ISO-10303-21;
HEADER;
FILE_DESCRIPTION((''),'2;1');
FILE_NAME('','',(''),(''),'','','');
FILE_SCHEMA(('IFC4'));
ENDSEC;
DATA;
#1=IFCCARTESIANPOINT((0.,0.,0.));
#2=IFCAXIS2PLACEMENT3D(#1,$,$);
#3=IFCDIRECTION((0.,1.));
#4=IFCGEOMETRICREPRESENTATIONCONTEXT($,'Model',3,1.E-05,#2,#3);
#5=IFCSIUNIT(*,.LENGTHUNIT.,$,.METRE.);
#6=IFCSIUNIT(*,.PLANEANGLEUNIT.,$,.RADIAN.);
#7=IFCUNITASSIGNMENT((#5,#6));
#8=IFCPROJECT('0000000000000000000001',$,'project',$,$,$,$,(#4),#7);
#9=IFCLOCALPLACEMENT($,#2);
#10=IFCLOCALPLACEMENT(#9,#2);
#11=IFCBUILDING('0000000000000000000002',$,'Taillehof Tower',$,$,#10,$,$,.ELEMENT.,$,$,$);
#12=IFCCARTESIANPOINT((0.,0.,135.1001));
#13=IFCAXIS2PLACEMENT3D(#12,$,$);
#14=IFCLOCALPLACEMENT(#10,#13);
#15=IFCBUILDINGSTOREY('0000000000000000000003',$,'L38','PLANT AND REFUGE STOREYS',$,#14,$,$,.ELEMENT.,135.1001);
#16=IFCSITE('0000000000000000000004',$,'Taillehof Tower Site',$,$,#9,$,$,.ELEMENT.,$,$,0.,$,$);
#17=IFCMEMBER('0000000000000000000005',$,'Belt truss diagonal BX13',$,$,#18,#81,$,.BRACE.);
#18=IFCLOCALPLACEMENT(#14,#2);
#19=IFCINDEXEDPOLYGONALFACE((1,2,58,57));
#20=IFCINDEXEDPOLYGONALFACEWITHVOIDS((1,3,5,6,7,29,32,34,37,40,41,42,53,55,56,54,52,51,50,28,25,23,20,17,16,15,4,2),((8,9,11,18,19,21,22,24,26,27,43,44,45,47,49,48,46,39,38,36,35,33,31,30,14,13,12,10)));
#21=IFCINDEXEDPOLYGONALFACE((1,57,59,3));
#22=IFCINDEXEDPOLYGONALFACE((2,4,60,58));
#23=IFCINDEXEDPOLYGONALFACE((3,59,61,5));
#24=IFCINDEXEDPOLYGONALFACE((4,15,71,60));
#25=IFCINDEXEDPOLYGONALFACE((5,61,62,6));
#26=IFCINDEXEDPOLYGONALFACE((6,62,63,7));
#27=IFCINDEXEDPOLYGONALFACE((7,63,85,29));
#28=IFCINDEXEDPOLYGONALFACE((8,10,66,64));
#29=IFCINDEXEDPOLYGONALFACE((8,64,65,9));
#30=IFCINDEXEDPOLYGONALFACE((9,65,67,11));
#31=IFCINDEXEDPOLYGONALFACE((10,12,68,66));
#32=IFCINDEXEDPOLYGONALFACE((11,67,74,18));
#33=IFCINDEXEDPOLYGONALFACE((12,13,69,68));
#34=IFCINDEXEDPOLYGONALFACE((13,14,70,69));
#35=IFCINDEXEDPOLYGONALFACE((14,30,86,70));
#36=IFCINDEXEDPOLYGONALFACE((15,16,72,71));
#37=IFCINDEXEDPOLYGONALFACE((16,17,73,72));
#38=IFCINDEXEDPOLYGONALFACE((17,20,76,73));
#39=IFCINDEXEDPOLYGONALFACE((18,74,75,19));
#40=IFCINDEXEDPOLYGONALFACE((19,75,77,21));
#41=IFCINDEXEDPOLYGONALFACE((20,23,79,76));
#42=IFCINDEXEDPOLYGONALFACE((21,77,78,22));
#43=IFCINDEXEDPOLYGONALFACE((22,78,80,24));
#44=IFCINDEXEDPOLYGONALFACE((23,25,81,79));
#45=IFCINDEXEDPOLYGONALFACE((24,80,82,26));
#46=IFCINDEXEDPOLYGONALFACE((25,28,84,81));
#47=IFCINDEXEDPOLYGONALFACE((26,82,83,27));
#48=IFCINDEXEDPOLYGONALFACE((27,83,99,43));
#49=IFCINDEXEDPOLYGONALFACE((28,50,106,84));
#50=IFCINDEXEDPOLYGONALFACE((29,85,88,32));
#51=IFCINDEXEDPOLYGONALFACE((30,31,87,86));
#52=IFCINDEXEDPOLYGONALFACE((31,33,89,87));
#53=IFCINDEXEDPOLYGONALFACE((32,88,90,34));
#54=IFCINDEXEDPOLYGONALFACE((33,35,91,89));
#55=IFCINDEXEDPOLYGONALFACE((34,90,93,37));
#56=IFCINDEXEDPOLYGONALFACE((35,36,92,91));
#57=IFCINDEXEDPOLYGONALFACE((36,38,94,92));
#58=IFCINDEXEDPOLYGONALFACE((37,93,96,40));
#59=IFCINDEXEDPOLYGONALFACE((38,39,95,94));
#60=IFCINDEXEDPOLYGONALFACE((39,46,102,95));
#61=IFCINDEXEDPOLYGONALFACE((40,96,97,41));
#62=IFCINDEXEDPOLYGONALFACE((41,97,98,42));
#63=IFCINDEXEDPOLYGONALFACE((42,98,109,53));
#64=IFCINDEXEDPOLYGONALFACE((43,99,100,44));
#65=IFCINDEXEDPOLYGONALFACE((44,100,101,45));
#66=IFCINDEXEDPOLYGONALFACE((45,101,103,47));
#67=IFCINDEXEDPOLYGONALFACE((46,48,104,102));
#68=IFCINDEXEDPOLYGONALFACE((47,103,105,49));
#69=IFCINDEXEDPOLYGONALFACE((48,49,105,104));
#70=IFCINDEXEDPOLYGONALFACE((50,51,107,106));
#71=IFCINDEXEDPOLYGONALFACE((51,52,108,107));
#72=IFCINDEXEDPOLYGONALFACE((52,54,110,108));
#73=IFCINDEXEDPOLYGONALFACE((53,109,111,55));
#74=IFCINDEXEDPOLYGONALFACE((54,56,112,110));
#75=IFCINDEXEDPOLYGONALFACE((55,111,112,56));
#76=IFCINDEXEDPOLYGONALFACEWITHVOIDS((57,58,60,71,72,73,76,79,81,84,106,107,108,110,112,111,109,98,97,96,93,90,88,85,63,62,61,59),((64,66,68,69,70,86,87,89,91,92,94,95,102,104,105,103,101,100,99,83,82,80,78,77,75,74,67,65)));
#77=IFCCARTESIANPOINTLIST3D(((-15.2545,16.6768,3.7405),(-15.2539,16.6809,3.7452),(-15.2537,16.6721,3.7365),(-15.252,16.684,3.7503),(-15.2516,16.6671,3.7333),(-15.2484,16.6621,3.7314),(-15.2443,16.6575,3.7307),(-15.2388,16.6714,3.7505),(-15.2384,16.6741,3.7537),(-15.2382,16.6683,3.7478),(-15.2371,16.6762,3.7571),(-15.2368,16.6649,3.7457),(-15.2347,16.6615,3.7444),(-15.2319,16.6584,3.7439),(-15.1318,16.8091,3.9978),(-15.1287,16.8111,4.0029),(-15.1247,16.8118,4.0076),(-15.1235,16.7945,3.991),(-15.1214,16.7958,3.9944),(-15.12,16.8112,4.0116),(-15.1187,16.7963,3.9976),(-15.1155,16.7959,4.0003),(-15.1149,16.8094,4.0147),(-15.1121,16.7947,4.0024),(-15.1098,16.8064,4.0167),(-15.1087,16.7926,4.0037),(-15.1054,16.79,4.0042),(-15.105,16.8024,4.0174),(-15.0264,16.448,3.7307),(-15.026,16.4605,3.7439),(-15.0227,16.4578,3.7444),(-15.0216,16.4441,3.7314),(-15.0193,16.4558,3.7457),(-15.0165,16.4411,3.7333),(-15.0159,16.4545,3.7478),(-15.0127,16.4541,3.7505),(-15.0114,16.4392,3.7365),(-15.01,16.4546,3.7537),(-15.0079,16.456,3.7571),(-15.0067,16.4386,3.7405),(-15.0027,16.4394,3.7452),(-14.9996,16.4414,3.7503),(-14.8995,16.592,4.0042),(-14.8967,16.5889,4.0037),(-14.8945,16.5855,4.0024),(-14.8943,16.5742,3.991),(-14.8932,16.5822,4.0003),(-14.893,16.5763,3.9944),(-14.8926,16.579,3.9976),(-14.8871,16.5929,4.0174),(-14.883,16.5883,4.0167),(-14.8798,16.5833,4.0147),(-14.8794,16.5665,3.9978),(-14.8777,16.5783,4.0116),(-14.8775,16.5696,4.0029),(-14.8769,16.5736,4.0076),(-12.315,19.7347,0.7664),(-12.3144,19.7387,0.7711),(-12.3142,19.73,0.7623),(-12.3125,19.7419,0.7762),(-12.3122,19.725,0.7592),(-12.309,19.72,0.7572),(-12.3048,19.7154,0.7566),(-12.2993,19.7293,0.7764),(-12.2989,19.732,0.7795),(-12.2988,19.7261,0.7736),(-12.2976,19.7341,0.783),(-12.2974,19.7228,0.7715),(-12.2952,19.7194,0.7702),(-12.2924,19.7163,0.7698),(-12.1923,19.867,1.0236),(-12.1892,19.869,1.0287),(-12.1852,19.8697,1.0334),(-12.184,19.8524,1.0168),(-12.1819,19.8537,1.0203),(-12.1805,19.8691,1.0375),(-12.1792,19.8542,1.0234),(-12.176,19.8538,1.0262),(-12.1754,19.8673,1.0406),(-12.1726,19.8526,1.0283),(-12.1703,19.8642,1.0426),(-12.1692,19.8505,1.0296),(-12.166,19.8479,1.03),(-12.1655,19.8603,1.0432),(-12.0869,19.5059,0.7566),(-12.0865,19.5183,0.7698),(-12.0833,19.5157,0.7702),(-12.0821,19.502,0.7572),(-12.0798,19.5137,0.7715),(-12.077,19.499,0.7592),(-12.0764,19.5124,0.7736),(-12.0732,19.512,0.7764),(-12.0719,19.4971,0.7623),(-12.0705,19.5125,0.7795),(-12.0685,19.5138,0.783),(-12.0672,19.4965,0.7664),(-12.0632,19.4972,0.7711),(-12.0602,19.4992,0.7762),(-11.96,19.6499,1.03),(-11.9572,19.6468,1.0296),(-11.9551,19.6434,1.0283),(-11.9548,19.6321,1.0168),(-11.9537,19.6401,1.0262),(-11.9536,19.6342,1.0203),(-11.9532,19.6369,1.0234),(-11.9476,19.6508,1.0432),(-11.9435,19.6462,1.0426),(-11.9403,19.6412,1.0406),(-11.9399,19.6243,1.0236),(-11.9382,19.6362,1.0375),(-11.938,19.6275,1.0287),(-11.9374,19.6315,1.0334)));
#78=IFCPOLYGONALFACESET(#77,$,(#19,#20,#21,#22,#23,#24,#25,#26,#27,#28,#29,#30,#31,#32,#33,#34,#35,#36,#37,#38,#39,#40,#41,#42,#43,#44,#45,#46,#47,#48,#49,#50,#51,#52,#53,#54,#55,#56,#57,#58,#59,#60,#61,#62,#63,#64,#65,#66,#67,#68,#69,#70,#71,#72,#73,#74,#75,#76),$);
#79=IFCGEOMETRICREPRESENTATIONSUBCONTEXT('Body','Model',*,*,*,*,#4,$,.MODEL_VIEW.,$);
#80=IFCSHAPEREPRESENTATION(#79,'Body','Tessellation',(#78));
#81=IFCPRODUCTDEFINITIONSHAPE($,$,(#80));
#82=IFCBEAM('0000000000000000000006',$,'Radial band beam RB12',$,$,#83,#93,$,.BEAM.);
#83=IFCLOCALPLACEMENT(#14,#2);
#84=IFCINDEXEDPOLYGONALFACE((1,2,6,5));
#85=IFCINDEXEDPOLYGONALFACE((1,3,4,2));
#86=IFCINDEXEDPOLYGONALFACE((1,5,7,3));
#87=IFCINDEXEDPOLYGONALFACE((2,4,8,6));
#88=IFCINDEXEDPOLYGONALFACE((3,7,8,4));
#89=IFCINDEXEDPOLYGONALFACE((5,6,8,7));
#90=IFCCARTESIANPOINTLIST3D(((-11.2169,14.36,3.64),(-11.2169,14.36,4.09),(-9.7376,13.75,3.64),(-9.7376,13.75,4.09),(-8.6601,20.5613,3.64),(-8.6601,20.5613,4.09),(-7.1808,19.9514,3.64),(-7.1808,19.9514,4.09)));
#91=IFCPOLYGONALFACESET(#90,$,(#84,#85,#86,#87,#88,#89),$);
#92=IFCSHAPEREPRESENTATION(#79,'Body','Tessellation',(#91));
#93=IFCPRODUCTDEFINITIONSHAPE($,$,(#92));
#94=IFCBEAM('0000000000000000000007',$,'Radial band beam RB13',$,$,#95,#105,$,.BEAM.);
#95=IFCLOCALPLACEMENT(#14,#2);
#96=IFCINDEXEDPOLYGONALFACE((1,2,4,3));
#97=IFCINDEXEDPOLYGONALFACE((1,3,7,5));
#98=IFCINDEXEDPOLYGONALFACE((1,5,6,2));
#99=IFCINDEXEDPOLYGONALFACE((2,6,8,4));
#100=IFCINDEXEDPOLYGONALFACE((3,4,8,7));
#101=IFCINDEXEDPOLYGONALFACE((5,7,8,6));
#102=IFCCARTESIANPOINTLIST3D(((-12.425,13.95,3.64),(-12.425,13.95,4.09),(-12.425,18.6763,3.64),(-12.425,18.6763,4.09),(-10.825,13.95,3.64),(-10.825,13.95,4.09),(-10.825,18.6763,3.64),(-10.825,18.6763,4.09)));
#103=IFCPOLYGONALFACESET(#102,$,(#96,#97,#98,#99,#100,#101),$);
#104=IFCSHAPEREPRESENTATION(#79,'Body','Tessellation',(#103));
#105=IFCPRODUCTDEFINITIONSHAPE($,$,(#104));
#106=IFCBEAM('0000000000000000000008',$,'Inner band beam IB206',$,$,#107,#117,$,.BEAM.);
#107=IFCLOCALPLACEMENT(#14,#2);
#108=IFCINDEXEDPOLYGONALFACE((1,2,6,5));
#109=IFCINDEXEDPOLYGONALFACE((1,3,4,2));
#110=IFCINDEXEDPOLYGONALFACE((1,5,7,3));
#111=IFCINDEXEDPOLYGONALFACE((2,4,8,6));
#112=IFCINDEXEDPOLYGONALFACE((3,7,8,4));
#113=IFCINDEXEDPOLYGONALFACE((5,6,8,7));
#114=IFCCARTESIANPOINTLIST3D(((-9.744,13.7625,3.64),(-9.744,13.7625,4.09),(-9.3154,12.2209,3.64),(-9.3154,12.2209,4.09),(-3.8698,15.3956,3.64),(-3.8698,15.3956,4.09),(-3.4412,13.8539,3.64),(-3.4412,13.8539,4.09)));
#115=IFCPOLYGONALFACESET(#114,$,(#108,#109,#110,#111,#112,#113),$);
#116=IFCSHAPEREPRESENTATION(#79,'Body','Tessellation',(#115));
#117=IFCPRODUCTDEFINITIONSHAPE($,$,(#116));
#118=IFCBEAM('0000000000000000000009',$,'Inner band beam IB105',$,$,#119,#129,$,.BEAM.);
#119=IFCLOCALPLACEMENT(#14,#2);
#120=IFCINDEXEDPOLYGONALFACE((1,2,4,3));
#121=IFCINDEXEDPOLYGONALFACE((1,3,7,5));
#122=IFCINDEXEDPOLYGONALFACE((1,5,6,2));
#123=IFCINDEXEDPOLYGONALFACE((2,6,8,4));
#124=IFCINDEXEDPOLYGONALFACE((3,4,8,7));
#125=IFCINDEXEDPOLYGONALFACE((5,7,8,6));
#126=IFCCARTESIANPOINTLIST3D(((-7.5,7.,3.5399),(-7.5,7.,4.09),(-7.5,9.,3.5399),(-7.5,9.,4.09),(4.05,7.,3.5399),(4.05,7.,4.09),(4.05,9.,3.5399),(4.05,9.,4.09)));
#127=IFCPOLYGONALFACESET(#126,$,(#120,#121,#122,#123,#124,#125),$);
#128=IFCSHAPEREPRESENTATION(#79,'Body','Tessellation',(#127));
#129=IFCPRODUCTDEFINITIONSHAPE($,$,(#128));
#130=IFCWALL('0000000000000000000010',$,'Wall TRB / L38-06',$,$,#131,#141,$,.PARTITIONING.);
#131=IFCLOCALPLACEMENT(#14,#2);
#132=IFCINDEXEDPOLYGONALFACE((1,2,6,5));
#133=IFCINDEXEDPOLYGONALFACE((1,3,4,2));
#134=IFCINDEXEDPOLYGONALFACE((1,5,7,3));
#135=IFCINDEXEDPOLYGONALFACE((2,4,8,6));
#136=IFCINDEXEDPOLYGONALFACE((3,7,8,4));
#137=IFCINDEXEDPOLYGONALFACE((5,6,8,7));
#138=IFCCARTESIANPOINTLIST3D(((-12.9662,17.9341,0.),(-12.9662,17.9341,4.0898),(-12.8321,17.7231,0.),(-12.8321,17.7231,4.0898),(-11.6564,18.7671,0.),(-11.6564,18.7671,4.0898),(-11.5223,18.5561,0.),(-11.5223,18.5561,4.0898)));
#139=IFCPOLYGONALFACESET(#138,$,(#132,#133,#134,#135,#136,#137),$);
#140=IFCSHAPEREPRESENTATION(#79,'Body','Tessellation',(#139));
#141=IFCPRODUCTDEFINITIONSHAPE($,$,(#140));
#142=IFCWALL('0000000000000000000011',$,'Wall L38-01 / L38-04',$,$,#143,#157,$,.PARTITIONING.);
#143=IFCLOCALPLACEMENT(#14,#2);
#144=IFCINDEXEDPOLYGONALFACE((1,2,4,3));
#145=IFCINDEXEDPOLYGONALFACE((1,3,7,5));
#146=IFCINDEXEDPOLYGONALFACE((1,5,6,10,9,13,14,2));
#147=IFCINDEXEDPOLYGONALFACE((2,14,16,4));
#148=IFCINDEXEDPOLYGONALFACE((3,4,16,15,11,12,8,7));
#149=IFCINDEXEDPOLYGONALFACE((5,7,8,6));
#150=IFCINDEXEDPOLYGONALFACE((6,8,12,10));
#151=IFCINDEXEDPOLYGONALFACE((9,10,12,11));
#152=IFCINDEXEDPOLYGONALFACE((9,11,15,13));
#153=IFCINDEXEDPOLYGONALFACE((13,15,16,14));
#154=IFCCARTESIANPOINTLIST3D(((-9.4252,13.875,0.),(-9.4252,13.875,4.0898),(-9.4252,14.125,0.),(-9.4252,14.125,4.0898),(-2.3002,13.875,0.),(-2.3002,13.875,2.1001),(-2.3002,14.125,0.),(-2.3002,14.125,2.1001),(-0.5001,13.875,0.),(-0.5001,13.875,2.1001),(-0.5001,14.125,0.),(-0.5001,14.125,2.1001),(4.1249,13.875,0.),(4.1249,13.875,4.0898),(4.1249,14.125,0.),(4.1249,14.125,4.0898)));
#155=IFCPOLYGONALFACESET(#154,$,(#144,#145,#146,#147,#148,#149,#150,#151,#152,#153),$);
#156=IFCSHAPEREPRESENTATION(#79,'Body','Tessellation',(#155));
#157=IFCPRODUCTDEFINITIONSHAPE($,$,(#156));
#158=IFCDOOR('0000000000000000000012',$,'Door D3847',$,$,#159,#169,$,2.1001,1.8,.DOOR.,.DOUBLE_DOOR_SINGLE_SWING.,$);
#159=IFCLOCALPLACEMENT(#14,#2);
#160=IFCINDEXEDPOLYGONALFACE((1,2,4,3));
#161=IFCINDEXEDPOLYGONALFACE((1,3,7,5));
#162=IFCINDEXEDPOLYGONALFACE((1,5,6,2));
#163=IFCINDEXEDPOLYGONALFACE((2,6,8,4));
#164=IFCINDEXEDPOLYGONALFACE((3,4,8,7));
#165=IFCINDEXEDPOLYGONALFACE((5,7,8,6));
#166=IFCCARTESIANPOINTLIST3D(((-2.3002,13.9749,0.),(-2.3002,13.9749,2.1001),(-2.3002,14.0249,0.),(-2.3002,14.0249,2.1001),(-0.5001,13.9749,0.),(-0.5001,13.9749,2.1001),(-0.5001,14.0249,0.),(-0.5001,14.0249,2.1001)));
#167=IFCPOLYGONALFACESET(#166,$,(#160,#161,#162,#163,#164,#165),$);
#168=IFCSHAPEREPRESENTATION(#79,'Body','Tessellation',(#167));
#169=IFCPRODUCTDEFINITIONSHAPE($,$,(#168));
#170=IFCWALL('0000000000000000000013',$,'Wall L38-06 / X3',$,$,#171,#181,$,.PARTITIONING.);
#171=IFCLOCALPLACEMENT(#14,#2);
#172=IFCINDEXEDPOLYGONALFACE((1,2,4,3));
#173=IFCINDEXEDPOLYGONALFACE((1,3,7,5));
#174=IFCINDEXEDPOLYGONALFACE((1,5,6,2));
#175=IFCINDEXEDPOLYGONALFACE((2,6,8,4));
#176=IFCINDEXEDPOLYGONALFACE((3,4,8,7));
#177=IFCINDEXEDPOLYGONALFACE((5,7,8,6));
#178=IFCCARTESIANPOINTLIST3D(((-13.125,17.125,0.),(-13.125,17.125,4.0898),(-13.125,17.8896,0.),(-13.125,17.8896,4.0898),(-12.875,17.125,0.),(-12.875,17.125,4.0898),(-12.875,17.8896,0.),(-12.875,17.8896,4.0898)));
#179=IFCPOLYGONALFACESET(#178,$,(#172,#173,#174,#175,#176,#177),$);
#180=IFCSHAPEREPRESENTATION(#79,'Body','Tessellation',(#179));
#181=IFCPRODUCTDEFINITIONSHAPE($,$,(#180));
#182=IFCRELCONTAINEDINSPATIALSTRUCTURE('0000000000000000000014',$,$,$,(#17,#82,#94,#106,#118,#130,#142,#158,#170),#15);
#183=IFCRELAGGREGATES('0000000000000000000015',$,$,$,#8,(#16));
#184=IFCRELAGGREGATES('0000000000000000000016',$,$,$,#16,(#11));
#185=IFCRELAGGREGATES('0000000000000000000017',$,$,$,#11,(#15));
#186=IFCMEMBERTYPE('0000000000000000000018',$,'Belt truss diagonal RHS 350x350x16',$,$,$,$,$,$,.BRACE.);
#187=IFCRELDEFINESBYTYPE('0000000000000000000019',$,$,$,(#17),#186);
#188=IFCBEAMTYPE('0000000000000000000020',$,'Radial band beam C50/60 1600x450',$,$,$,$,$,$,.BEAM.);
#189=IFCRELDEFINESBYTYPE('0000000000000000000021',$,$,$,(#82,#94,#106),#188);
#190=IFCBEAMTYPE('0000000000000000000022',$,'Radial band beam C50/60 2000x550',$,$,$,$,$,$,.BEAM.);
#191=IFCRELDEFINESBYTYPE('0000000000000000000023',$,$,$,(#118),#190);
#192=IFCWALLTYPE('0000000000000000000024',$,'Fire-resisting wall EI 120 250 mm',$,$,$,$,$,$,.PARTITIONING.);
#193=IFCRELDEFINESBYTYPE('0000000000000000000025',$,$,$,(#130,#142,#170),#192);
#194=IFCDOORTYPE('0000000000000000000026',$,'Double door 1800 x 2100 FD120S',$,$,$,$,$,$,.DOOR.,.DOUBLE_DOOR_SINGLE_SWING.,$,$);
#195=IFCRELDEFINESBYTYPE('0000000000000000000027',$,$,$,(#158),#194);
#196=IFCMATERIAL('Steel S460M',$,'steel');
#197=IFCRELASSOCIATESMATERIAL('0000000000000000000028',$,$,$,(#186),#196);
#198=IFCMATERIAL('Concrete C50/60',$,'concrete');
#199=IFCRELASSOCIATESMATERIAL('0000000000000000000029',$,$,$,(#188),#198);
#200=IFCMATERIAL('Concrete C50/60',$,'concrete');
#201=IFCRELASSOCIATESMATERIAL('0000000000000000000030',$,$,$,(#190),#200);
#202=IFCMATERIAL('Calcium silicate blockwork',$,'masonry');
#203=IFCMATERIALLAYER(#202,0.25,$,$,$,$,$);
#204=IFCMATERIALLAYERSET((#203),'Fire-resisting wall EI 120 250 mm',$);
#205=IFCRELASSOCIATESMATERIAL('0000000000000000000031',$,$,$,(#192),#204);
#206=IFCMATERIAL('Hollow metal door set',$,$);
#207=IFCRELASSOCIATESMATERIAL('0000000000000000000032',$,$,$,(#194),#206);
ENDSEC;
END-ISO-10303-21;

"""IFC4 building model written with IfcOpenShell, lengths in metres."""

from ifc_helpers import new_model, si_unit, direction, frame, frame_2d, origin, origin_2d, place, context, subcontext, project, spatial, rectangle, hollow_rectangle, extrude, material, layer, layer_set, material_profile, profile_set, type_object, element, fill, save


model = new_model("IFC4")

# Units and contexts
model_context = context("Model", 3, precision=1e-05, world=origin(), true_north=direction((0.0, 1.0)))
body_context = subcontext(model_context, "Body", "Model", "MODEL_VIEW")
ifc_project = project(units=[si_unit("LENGTHUNIT", "METRE"), si_unit("PLANEANGLEUNIT", "RADIAN")], contexts=[model_context])

# Site, building, storey
site_placement = place(None, origin())
site = spatial("IfcSite", under=ifc_project, at=site_placement, Name="Taillehof Tower Site", CompositionType="ELEMENT", RefElevation=0.0)
building_placement = place(site_placement, origin())
building = spatial("IfcBuilding", under=site, at=building_placement, Name="Taillehof Tower", CompositionType="ELEMENT")
storey_placement = place(building_placement, frame((0.0, 0.0, 135.1001)))
storey = spatial("IfcBuildingStorey", under=building, at=storey_placement, Name="L38", Description="PLANT AND REFUGE STOREYS", CompositionType="ELEMENT", Elevation=135.1001)

# Member
ifc_material_1 = material(Name="Steel S460M", Category="steel")
ifc_material_profile_1 = material_profile(ifc_material_1, hollow_rectangle(XDim=0.3501, YDim=0.3501, WallThickness=0.0161, InnerFilletRadius=0.0161, OuterFilletRadius=0.0239, at=origin_2d()), Name="RHS 350x350x16")
ifc_profile_set_1 = profile_set([ifc_material_profile_1], Name="Steel S460M")
member_type_1 = type_object("IfcMemberType", Name="Belt truss diagonal RHS 350x350x16", PredefinedType="BRACE", material=ifc_profile_set_1)
member_1_placement = place(storey_placement, frame((-12.1262, 19.6831, 0.8999), z_axis=(-0.567421, -0.590278, 0.574113), x_axis=(0.720927, -0.693011, 0.0)))
element("IfcMember", 1, at=member_1_placement, inside=storey, type_object=member_type_1, Name="Belt truss diagonal BX13", PredefinedType="BRACE", context=body_context, shape_type="SweptSolid", body=[
    extrude(hollow_rectangle(XDim=0.3501, YDim=0.3501, WallThickness=0.0161, InnerFilletRadius=0.0161, OuterFilletRadius=0.0239, at=origin_2d()), origin(), (0.0, 0.0, 1.0), 5.1804),
])

# Beams
ifc_material_2 = material(Name="Concrete C50/60", Category="concrete")
ifc_material_profile_2 = material_profile(ifc_material_2, rectangle(XDim=1.6001, YDim=0.45, at=origin_2d()), Name="RC 1600x450")
ifc_profile_set_2 = profile_set([ifc_material_profile_2], Name="Concrete C50/60")
beam_type_1 = type_object("IfcBeamType", Name="Radial band beam C50/60 1600x450", PredefinedType="BEAM", material=ifc_profile_set_2)
beam_1_placement = place(storey_placement, frame((-7.9204, 20.2563, 3.865), z_axis=(-0.381178, -0.924502, 0.0), x_axis=(0.924502, -0.381178, 0.0)))
element("IfcBeam", 2, at=beam_1_placement, inside=storey, type_object=beam_type_1, Name="Radial band beam RB12", PredefinedType="BEAM", context=body_context, shape_type="SweptSolid", body=[
    extrude(rectangle(XDim=1.6001, YDim=0.45, at=origin_2d()), origin(), (0.0, 0.0, 1.0), 6.7078),
])
beam_2_placement = place(storey_placement, frame((-11.625, 18.6763, 3.865), z_axis=(0.0, -1.0, 0.0), x_axis=(1.0, 0.0, 0.0)))
element("IfcBeam", 3, at=beam_2_placement, inside=storey, type_object=beam_type_1, Name="Radial band beam RB13", PredefinedType="BEAM", context=body_context, shape_type="SweptSolid", body=[
    extrude(rectangle(XDim=1.6001, YDim=0.45, at=origin_2d()), origin(), (0.0, 0.0, 1.0), 4.7263),
])
beam_3_placement = place(storey_placement, frame((-3.6555, 14.6248, 3.865), z_axis=(-0.963459, -0.267855, 0.0), x_axis=(0.267855, -0.963459, 0.0)))
element("IfcBeam", 4, at=beam_3_placement, inside=storey, type_object=beam_type_1, Name="Inner band beam IB206", PredefinedType="BEAM", context=body_context, shape_type="SweptSolid", body=[
    extrude(rectangle(XDim=1.6001, YDim=0.45, at=origin_2d()), origin(), (0.0, 0.0, 1.0), 6.0969),
])
ifc_material_3 = material(Name="Concrete C50/60", Category="concrete")
ifc_material_profile_3 = material_profile(ifc_material_3, rectangle(XDim=2.0, YDim=0.55, at=origin_2d()), Name="RC 2000x550")
ifc_profile_set_3 = profile_set([ifc_material_profile_3], Name="Concrete C50/60")
beam_type_2 = type_object("IfcBeamType", Name="Radial band beam C50/60 2000x550", PredefinedType="BEAM", material=ifc_profile_set_3)
beam_4_placement = place(storey_placement, frame((-7.5, 8.0, 3.8149), z_axis=(1.0, 0.0, 0.0), x_axis=(0.0, 1.0, 0.0)))
element("IfcBeam", 5, at=beam_4_placement, inside=storey, type_object=beam_type_2, Name="Inner band beam IB105", PredefinedType="BEAM", context=body_context, shape_type="SweptSolid", body=[
    extrude(rectangle(XDim=2.0, YDim=0.55, at=origin_2d()), origin(), (0.0, 0.0, 1.0), 11.55),
])

# Wall
ifc_material_4 = material(Name="Calcium silicate blockwork", Category="masonry")
ifc_layer_1 = layer(ifc_material_4, 0.25)
ifc_layer_set_1 = layer_set([ifc_layer_1], Name="Fire-resisting wall EI 120 250 mm")
wall_type_1 = type_object("IfcWallType", Name="Fire-resisting wall EI 120 250 mm", PredefinedType="PARTITIONING", material=ifc_layer_set_1)
wall_1_placement = place(storey_placement, frame((-11.5894, 18.6616, 0.0), z_axis=(0.0, 0.0, 1.0), x_axis=(-0.84381, -0.536641, 0.0)))
element("IfcWall", 6, at=wall_1_placement, inside=storey, type_object=wall_type_1, Name="Wall TRB / L38-06", PredefinedType="PARTITIONING", context=body_context, shape_type="SweptSolid", body=[
    extrude(rectangle(XDim=1.5522, YDim=0.25, at=frame_2d((0.7761, 0.0))), origin(), (0.0, 0.0, 1.0), 4.0898),
])

# Wall, opening, door
wall_2_placement = place(storey_placement, frame((-9.425, 14.0, 0.0), z_axis=(0.0, 0.0, 1.0), x_axis=(1.0, 0.0, 0.0)))
wall_2 = element("IfcWall", 7, at=wall_2_placement, inside=storey, type_object=wall_type_1, Name="Wall L38-01 / L38-04", PredefinedType="PARTITIONING", context=body_context, shape_type="SweptSolid", body=[
    extrude(rectangle(XDim=13.55, YDim=0.25, at=frame_2d((6.7749, 0.0))), origin(), (0.0, 0.0, 1.0), 4.0898),
])
opening_1_placement = place(wall_2_placement, frame((7.125, 0.0, 0.0)))
opening_1 = element("IfcOpeningElement", 8, at=opening_1_placement, cuts=wall_2, PredefinedType="OPENING", context=body_context, shape_type="SweptSolid", body=[
    extrude(rectangle(XDim=1.8, YDim=2.1001, at=frame_2d((0.8999, 1.05))), frame((0.0, 0.135, 0.0), z_axis=(0.0, -1.0, 0.0), x_axis=(1.0, 0.0, 0.0)), (0.0, 0.0, 1.0), 0.27),
])
ifc_material_5 = material(Name="Hollow metal door set")
door_type_1 = type_object("IfcDoorType", Name="Double door 1800 x 2100 FD120S", OperationType="DOUBLE_DOOR_SINGLE_SWING", PredefinedType="DOOR", material=ifc_material_5)
door_1_placement = place(opening_1_placement, origin())
door_1 = element("IfcDoor", 9, at=door_1_placement, inside=storey, type_object=door_type_1, Name="Door D3847", OperationType="DOUBLE_DOOR_SINGLE_SWING", OverallHeight=2.1001, OverallWidth=1.8, PredefinedType="DOOR", context=body_context, shape_type="SweptSolid", body=[
    extrude(rectangle(XDim=1.8, YDim=2.1001, at=frame_2d((0.8999, 1.05))), frame((0.0, 0.0249, 0.0), z_axis=(0.0, -1.0, 0.0), x_axis=(1.0, 0.0, 0.0)), (0.0, 0.0, 1.0), 0.05),
])
fill(opening_1, door_1)

# Wall
wall_3_placement = place(storey_placement, frame((-13.0, 17.125, 0.0), z_axis=(0.0, 0.0, 1.0), x_axis=(0.0, 1.0, 0.0)))
element("IfcWall", 10, at=wall_3_placement, inside=storey, type_object=wall_type_1, Name="Wall L38-06 / X3", PredefinedType="PARTITIONING", context=body_context, shape_type="SweptSolid", body=[
    extrude(rectangle(XDim=0.7646, YDim=0.25, at=frame_2d((0.3823, 0.0))), origin(), (0.0, 0.0, 1.0), 4.0898),
])

save(model, "model.ifc")
